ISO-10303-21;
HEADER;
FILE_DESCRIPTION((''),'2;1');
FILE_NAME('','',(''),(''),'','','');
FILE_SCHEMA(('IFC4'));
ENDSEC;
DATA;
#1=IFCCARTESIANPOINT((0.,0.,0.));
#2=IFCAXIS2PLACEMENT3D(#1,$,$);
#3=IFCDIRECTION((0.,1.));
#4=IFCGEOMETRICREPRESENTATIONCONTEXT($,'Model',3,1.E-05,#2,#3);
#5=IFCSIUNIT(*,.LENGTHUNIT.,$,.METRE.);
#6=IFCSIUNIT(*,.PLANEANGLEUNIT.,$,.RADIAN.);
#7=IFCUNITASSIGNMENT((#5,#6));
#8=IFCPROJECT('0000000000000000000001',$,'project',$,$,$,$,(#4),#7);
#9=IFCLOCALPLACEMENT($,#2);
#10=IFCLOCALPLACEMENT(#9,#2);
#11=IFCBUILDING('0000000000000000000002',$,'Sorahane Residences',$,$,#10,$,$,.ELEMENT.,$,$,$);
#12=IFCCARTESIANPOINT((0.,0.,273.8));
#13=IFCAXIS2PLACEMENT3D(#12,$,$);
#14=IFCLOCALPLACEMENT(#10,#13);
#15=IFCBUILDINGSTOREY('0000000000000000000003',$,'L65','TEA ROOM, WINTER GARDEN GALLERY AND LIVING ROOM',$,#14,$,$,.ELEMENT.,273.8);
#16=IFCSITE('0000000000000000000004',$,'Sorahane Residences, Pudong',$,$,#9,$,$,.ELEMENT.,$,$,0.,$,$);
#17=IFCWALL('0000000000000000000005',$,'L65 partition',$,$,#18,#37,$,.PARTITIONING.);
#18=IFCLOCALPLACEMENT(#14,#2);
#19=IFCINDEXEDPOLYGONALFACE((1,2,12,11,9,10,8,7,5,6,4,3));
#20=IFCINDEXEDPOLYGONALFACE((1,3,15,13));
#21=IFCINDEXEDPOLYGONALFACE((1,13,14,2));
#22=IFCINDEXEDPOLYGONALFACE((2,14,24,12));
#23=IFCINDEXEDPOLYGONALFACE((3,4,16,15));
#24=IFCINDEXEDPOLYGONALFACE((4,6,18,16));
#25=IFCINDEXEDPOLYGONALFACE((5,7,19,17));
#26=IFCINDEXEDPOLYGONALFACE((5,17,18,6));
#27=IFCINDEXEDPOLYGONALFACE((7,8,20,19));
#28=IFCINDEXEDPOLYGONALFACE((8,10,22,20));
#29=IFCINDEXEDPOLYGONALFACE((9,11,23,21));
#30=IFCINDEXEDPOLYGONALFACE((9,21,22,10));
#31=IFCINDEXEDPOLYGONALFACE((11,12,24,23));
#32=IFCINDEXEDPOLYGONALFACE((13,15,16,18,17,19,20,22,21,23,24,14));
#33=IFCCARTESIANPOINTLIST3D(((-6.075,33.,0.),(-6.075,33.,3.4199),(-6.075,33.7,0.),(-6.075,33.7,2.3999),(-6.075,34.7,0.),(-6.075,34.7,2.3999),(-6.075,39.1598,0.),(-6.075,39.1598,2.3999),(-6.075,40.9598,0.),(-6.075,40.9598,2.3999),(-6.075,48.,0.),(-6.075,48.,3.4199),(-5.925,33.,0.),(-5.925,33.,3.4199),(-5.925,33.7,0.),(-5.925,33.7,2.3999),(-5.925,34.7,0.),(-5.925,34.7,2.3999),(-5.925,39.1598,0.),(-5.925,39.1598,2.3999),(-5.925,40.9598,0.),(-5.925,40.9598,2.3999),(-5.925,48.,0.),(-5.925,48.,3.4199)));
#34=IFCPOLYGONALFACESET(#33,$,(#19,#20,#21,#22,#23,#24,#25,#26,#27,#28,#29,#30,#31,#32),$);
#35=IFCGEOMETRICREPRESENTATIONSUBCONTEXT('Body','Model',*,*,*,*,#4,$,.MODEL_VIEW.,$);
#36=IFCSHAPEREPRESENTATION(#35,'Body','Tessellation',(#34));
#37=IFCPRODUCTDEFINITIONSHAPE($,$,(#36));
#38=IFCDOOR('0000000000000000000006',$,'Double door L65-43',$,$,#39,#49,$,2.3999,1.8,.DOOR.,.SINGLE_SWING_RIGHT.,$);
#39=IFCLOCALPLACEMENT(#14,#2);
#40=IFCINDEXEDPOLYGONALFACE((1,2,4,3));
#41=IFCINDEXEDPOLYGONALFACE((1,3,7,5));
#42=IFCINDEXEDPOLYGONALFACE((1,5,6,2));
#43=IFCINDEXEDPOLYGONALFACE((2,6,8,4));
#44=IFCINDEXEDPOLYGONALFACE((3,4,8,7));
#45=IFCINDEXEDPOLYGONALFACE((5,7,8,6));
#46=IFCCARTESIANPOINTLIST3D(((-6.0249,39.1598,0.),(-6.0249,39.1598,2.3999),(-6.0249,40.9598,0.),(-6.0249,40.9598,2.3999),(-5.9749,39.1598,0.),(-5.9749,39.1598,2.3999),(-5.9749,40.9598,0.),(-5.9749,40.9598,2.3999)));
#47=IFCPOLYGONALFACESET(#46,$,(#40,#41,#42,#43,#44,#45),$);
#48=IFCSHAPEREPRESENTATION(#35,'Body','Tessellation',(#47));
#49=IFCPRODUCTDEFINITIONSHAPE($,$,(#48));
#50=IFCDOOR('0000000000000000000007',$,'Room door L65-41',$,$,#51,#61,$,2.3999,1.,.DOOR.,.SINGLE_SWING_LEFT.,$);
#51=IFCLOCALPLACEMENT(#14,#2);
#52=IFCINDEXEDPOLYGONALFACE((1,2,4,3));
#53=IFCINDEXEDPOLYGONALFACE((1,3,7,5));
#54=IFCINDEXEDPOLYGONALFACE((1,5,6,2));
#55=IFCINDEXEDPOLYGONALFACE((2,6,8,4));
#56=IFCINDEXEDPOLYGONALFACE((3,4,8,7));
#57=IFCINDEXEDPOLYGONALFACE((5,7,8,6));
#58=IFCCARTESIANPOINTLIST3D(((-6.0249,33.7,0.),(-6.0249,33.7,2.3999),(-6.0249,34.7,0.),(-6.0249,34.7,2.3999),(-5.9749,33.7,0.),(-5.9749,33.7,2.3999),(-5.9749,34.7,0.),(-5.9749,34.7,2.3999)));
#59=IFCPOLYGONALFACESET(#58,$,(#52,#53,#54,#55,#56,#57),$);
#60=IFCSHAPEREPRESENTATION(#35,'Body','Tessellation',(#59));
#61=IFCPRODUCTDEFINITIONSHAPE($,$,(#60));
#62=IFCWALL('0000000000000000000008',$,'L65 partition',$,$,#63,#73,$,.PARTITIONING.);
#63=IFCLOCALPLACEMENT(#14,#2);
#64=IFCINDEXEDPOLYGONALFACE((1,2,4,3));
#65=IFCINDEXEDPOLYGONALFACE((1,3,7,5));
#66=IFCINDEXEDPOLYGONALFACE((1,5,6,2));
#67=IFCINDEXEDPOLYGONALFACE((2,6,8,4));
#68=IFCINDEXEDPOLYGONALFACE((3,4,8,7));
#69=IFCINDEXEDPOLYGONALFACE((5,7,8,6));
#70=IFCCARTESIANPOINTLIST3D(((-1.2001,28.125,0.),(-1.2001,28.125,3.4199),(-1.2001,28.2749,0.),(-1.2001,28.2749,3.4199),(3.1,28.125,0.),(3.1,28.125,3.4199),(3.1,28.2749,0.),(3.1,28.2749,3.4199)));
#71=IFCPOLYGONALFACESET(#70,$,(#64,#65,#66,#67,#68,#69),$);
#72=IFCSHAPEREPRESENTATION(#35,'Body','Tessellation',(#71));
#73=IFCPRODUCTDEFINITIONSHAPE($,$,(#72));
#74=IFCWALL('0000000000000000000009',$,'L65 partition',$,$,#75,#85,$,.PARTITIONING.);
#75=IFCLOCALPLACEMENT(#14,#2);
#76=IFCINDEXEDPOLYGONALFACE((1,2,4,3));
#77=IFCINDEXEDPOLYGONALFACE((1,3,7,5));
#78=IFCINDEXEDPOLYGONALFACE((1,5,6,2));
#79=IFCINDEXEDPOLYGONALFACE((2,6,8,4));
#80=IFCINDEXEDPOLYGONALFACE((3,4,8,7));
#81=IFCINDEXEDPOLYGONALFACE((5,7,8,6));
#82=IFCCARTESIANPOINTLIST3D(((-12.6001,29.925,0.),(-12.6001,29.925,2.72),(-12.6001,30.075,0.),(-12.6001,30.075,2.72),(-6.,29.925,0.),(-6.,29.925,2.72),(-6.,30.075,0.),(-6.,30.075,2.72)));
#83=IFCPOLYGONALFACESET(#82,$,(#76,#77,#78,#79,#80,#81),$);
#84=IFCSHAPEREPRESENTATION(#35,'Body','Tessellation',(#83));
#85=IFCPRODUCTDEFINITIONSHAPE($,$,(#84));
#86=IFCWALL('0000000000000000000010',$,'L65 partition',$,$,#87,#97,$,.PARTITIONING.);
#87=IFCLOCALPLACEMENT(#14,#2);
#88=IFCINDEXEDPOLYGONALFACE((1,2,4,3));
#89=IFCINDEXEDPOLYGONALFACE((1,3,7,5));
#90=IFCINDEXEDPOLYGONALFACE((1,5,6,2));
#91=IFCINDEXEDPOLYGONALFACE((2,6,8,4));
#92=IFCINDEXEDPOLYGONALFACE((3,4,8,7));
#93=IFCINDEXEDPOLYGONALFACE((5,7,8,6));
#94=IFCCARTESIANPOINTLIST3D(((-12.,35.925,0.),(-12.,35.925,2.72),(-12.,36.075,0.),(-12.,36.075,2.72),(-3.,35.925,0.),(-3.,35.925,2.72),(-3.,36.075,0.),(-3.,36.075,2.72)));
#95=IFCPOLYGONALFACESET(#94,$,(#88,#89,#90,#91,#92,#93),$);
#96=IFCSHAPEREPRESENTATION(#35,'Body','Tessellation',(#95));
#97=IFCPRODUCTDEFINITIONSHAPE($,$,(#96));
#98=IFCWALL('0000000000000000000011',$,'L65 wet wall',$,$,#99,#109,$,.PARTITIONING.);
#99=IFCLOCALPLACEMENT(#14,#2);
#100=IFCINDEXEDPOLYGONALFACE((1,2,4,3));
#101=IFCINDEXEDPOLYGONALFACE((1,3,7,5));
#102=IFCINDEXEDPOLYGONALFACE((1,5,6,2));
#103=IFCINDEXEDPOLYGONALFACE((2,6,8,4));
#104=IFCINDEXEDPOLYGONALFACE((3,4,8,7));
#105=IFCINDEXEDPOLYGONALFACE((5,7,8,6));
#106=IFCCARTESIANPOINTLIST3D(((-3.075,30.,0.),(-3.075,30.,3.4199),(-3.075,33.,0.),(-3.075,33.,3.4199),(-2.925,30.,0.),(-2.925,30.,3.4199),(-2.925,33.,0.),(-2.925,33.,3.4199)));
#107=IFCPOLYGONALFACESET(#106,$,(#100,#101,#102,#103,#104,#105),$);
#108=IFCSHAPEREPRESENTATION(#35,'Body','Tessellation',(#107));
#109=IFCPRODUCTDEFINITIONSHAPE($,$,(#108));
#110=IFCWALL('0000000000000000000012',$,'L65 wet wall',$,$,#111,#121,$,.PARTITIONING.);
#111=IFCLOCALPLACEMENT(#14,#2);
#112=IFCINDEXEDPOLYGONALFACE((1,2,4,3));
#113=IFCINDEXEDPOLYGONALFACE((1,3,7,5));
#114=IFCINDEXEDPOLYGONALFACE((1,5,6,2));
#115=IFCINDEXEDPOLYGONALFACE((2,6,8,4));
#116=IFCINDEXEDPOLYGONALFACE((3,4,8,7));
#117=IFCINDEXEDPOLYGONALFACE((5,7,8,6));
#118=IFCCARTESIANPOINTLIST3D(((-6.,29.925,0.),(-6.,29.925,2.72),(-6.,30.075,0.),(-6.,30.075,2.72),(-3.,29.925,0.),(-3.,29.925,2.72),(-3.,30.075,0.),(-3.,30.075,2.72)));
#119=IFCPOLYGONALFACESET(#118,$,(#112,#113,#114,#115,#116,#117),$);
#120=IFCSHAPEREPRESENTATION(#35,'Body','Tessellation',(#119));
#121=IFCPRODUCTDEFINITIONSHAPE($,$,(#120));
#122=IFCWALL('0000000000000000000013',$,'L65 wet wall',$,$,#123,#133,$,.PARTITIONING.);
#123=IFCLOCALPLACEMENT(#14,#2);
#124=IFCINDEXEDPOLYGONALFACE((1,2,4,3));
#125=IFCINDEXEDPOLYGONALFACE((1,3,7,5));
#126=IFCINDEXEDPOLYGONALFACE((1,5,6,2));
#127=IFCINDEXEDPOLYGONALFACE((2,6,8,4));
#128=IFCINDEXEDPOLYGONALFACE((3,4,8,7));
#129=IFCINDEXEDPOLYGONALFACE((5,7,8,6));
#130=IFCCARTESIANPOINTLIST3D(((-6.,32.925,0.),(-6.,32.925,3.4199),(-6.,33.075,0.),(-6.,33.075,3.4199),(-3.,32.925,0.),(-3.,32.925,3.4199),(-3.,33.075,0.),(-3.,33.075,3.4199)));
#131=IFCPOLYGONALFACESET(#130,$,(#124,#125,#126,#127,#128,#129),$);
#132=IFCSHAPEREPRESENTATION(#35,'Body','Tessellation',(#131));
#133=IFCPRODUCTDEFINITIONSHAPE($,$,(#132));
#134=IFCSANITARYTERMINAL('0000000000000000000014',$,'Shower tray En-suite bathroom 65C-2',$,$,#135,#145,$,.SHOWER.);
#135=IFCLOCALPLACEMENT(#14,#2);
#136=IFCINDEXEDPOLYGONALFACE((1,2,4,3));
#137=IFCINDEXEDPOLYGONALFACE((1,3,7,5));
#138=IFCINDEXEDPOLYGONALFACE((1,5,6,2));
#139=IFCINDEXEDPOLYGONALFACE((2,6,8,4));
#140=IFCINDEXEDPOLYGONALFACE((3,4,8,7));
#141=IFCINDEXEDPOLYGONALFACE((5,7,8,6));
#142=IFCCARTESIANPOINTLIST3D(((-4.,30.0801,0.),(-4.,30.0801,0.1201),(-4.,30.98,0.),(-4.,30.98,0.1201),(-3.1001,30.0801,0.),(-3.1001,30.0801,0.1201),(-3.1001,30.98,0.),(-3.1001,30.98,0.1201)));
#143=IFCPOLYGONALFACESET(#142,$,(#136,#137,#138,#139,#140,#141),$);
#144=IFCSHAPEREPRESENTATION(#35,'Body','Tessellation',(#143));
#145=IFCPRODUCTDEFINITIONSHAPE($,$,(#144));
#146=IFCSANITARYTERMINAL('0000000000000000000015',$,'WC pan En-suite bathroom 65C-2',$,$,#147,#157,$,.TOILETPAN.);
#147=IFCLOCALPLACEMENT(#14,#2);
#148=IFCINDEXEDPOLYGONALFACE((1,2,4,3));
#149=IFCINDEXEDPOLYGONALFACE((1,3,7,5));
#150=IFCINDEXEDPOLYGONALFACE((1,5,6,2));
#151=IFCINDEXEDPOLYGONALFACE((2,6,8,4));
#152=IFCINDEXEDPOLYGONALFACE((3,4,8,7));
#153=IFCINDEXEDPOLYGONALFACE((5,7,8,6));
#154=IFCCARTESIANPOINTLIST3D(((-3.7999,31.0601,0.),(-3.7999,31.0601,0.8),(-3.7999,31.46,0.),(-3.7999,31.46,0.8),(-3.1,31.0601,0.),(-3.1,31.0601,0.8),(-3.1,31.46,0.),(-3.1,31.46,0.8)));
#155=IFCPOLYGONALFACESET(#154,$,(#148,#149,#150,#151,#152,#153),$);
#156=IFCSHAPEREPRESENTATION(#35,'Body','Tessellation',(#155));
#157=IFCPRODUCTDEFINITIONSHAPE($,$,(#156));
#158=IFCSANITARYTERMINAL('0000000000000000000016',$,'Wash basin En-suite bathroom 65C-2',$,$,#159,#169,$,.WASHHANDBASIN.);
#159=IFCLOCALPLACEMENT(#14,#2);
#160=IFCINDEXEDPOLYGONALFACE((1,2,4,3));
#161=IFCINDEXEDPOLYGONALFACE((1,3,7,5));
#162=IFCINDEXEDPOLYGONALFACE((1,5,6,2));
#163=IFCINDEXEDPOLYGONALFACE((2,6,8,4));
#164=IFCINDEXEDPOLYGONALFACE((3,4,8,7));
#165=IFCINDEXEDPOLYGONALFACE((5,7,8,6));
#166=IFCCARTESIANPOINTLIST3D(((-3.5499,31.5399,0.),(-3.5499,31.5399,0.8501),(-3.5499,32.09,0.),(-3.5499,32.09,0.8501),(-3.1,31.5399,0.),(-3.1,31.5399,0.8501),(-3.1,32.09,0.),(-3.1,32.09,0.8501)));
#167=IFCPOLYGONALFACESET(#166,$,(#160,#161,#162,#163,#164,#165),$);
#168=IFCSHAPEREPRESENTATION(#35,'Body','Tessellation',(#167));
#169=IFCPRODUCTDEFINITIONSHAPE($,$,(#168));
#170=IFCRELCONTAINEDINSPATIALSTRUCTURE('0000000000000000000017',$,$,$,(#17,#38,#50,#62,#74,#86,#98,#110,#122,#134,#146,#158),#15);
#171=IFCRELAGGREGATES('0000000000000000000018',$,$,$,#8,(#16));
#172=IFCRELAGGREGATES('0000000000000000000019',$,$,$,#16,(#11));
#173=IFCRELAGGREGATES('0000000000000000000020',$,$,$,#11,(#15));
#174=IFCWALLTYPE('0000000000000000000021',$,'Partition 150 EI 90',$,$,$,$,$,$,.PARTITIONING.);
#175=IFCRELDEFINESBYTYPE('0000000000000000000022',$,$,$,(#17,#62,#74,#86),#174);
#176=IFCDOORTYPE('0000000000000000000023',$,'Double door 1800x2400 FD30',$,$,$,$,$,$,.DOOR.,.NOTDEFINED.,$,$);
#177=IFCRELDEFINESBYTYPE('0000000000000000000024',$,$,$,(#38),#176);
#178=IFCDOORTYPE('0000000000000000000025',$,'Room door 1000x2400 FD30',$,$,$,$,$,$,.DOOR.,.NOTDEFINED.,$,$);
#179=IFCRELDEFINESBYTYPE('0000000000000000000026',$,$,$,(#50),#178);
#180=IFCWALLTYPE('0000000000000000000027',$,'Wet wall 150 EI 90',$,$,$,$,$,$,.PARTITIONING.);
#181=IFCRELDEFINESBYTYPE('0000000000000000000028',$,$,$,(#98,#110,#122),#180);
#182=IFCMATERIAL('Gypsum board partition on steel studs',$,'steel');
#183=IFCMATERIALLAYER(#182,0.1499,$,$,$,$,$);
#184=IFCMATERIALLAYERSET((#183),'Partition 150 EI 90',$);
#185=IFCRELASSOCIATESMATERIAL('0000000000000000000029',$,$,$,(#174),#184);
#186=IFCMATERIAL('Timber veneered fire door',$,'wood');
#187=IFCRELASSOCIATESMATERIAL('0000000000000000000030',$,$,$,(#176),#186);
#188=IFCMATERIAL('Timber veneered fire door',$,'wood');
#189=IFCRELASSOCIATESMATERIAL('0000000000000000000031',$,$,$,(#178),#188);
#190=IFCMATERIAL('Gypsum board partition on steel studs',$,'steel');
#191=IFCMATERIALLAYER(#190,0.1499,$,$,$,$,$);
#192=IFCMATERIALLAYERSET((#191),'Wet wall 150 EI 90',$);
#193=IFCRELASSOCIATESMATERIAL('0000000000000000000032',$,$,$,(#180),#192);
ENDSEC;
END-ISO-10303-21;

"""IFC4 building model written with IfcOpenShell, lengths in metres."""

from ifc_helpers import new_model, si_unit, direction, frame, frame_2d, origin, origin_2d, place, context, subcontext, project, spatial, rectangle, extrude, material, layer, layer_set, type_object, element, fill, save


model = new_model("IFC4")

# Units and contexts
model_context = context("Model", 3, precision=1e-05, world=origin(), true_north=direction((0.0, 1.0)))
body_context = subcontext(model_context, "Body", "Model", "MODEL_VIEW")
ifc_project = project(units=[si_unit("LENGTHUNIT", "METRE"), si_unit("PLANEANGLEUNIT", "RADIAN")], contexts=[model_context])

# Site, building, storey
site_placement = place(None, origin())
site = spatial("IfcSite", under=ifc_project, at=site_placement, Name="Sorahane Residences, Pudong", CompositionType="ELEMENT", RefElevation=0.0)
building_placement = place(site_placement, origin())
building = spatial("IfcBuilding", under=site, at=building_placement, Name="Sorahane Residences", CompositionType="ELEMENT")
storey_placement = place(building_placement, frame((0.0, 0.0, 273.8)))
storey = spatial("IfcBuildingStorey", under=building, at=storey_placement, Name="L65", Description="TEA ROOM, WINTER GARDEN GALLERY AND LIVING ROOM", CompositionType="ELEMENT", Elevation=273.8)

# Wall, openings, doors
ifc_material_1 = material(Name="Gypsum board partition on steel studs", Category="steel")
ifc_layer_1 = layer(ifc_material_1, 0.1499)
ifc_layer_set_1 = layer_set([ifc_layer_1], Name="Partition 150 EI 90")
wall_type_1 = type_object("IfcWallType", Name="Partition 150 EI 90", PredefinedType="PARTITIONING", material=ifc_layer_set_1)
ifc_material_2 = material(Name="Timber veneered fire door", Category="wood")
door_type_1 = type_object("IfcDoorType", Name="Double door 1800x2400 FD30", OperationType="NOTDEFINED", PredefinedType="DOOR", material=ifc_material_2)
ifc_material_3 = material(Name="Timber veneered fire door", Category="wood")
door_type_2 = type_object("IfcDoorType", Name="Room door 1000x2400 FD30", OperationType="NOTDEFINED", PredefinedType="DOOR", material=ifc_material_3)
wall_1_placement = place(storey_placement, frame((-6.0, 33.0, 0.0), z_axis=(0.0, 0.0, 1.0), x_axis=(0.0, 1.0, 0.0)))
wall_1 = element("IfcWall", 1, at=wall_1_placement, inside=storey, type_object=wall_type_1, Name="L65 partition", PredefinedType="PARTITIONING", context=body_context, shape_type="SweptSolid", body=[
    extrude(rectangle(XDim=15.0, YDim=0.1499, at=frame_2d((7.5, 0.0))), origin(), (0.0, 0.0, 1.0), 3.4199),
])
opening_1_placement = place(wall_1_placement, frame((0.7, 0.0, 0.0)))
opening_1 = element("IfcOpeningElement", 2, at=opening_1_placement, cuts=wall_1, PredefinedType="OPENING", context=body_context, shape_type="SweptSolid", body=[
    extrude(rectangle(XDim=1.0, YDim=2.3999, at=frame_2d((0.5, 1.2))), frame((0.0, 0.085, 0.0), z_axis=(0.0, -1.0, 0.0), x_axis=(1.0, 0.0, 0.0)), (0.0, 0.0, 1.0), 0.1699),
])
opening_2_placement = place(wall_1_placement, frame((6.1599, 0.0, 0.0)))
opening_2 = element("IfcOpeningElement", 3, at=opening_2_placement, cuts=wall_1, PredefinedType="OPENING", context=body_context, shape_type="SweptSolid", body=[
    extrude(rectangle(XDim=1.8, YDim=2.3999, at=frame_2d((0.8999, 1.2))), frame((0.0, 0.085, 0.0), z_axis=(0.0, -1.0, 0.0), x_axis=(1.0, 0.0, 0.0)), (0.0, 0.0, 1.0), 0.1699),
])
door_1_placement = place(opening_2_placement, origin())
door_1 = element("IfcDoor", 4, at=door_1_placement, inside=storey, type_object=door_type_1, Name="Double door L65-43", OperationType="SINGLE_SWING_RIGHT", OverallHeight=2.3999, OverallWidth=1.8, PredefinedType="DOOR", context=body_context, shape_type="SweptSolid", body=[
    extrude(rectangle(XDim=1.8, YDim=2.3999, at=frame_2d((0.8999, 1.2))), frame((0.0, 0.0249, 0.0), z_axis=(0.0, -1.0, 0.0), x_axis=(1.0, 0.0, 0.0)), (0.0, 0.0, 1.0), 0.05),
])
fill(opening_2, door_1)
door_2_placement = place(opening_1_placement, origin())
door_2 = element("IfcDoor", 5, at=door_2_placement, inside=storey, type_object=door_type_2, Name="Room door L65-41", OperationType="SINGLE_SWING_LEFT", OverallHeight=2.3999, OverallWidth=1.0, PredefinedType="DOOR", context=body_context, shape_type="SweptSolid", body=[
    extrude(rectangle(XDim=1.0, YDim=2.3999, at=frame_2d((0.5, 1.2))), frame((0.0, 0.0249, 0.0), z_axis=(0.0, -1.0, 0.0), x_axis=(1.0, 0.0, 0.0)), (0.0, 0.0, 1.0), 0.05),
])
fill(opening_1, door_2)

# Walls
wall_2_placement = place(storey_placement, frame((-1.2, 28.2, 0.0), z_axis=(0.0, 0.0, 1.0), x_axis=(1.0, 0.0, 0.0)))
element("IfcWall", 6, at=wall_2_placement, inside=storey, type_object=wall_type_1, Name="L65 partition", PredefinedType="PARTITIONING", context=body_context, shape_type="SweptSolid", body=[
    extrude(rectangle(XDim=4.3, YDim=0.1499, at=frame_2d((2.1499, 0.0))), origin(), (0.0, 0.0, 1.0), 3.4199),
])
wall_3_placement = place(storey_placement, frame((-12.6001, 30.0, 0.0), z_axis=(0.0, 0.0, 1.0), x_axis=(1.0, 0.0, 0.0)))
element("IfcWall", 7, at=wall_3_placement, inside=storey, type_object=wall_type_1, Name="L65 partition", PredefinedType="PARTITIONING", context=body_context, shape_type="SweptSolid", body=[
    extrude(rectangle(XDim=6.6001, YDim=0.1499, at=frame_2d((3.3, 0.0))), origin(), (0.0, 0.0, 1.0), 2.72),
])
wall_4_placement = place(storey_placement, frame((-12.0, 36.0, 0.0), z_axis=(0.0, 0.0, 1.0), x_axis=(1.0, 0.0, 0.0)))
element("IfcWall", 8, at=wall_4_placement, inside=storey, type_object=wall_type_1, Name="L65 partition", PredefinedType="PARTITIONING", context=body_context, shape_type="SweptSolid", body=[
    extrude(rectangle(XDim=9.0, YDim=0.1499, at=frame_2d((4.5, 0.0))), origin(), (0.0, 0.0, 1.0), 2.72),
])
ifc_material_4 = material(Name="Gypsum board partition on steel studs", Category="steel")
ifc_layer_2 = layer(ifc_material_4, 0.1499)
ifc_layer_set_2 = layer_set([ifc_layer_2], Name="Wet wall 150 EI 90")
wall_type_2 = type_object("IfcWallType", Name="Wet wall 150 EI 90", PredefinedType="PARTITIONING", material=ifc_layer_set_2)
wall_5_placement = place(storey_placement, frame((-3.0, 30.0, 0.0), z_axis=(0.0, 0.0, 1.0), x_axis=(0.0, 1.0, 0.0)))
element("IfcWall", 9, at=wall_5_placement, inside=storey, type_object=wall_type_2, Name="L65 wet wall", PredefinedType="PARTITIONING", context=body_context, shape_type="SweptSolid", body=[
    extrude(rectangle(XDim=3.0, YDim=0.1499, at=frame_2d((1.5, 0.0))), origin(), (0.0, 0.0, 1.0), 3.4199),
])

# Walls
wall_6_placement = place(storey_placement, frame((-6.0, 30.0, 0.0), z_axis=(0.0, 0.0, 1.0), x_axis=(1.0, 0.0, 0.0)))
element("IfcWall", 10, at=wall_6_placement, inside=storey, type_object=wall_type_2, Name="L65 wet wall", PredefinedType="PARTITIONING", context=body_context, shape_type="SweptSolid", body=[
    extrude(rectangle(XDim=3.0, YDim=0.1499, at=frame_2d((1.5, 0.0))), origin(), (0.0, 0.0, 1.0), 2.72),
])
wall_7_placement = place(storey_placement, frame((-6.0, 33.0, 0.0), z_axis=(0.0, 0.0, 1.0), x_axis=(1.0, 0.0, 0.0)))
element("IfcWall", 11, at=wall_7_placement, inside=storey, type_object=wall_type_2, Name="L65 wet wall", PredefinedType="PARTITIONING", context=body_context, shape_type="SweptSolid", body=[
    extrude(rectangle(XDim=3.0, YDim=0.1499, at=frame_2d((1.5, 0.0))), origin(), (0.0, 0.0, 1.0), 3.4199),
])

# Sanitary terminals
sanitary_terminal_1_placement = place(storey_placement, frame((-3.55, 30.53, 0.0), z_axis=(0.0, 0.0, 1.0), x_axis=(0.0, -1.0, 0.0)))
element("IfcSanitaryTerminal", 12, at=sanitary_terminal_1_placement, inside=storey, Name="Shower tray En-suite bathroom 65C-2", PredefinedType="SHOWER", context=body_context, shape_type="SweptSolid", body=[
    extrude(rectangle(XDim=0.8999, YDim=0.8999, at=origin_2d()), origin(), (0.0, 0.0, 1.0), 0.1201),
])
sanitary_terminal_2_placement = place(storey_placement, frame((-3.45, 31.26, 0.0), z_axis=(0.0, 0.0, 1.0), x_axis=(0.0, -1.0, 0.0)))
element("IfcSanitaryTerminal", 13, at=sanitary_terminal_2_placement, inside=storey, Name="WC pan En-suite bathroom 65C-2", PredefinedType="TOILETPAN", context=body_context, shape_type="SweptSolid", body=[
    extrude(rectangle(XDim=0.3999, YDim=0.7, at=origin_2d()), origin(), (0.0, 0.0, 1.0), 0.8),
])
sanitary_terminal_3_placement = place(storey_placement, frame((-3.325, 31.8149, 0.0), z_axis=(0.0, 0.0, 1.0), x_axis=(0.0, -1.0, 0.0)))
element("IfcSanitaryTerminal", 14, at=sanitary_terminal_3_placement, inside=storey, Name="Wash basin En-suite bathroom 65C-2", PredefinedType="WASHHANDBASIN", context=body_context, shape_type="SweptSolid", body=[
    extrude(rectangle(XDim=0.55, YDim=0.45, at=origin_2d()), origin(), (0.0, 0.0, 1.0), 0.8501),
])

save(model, "model.ifc")
